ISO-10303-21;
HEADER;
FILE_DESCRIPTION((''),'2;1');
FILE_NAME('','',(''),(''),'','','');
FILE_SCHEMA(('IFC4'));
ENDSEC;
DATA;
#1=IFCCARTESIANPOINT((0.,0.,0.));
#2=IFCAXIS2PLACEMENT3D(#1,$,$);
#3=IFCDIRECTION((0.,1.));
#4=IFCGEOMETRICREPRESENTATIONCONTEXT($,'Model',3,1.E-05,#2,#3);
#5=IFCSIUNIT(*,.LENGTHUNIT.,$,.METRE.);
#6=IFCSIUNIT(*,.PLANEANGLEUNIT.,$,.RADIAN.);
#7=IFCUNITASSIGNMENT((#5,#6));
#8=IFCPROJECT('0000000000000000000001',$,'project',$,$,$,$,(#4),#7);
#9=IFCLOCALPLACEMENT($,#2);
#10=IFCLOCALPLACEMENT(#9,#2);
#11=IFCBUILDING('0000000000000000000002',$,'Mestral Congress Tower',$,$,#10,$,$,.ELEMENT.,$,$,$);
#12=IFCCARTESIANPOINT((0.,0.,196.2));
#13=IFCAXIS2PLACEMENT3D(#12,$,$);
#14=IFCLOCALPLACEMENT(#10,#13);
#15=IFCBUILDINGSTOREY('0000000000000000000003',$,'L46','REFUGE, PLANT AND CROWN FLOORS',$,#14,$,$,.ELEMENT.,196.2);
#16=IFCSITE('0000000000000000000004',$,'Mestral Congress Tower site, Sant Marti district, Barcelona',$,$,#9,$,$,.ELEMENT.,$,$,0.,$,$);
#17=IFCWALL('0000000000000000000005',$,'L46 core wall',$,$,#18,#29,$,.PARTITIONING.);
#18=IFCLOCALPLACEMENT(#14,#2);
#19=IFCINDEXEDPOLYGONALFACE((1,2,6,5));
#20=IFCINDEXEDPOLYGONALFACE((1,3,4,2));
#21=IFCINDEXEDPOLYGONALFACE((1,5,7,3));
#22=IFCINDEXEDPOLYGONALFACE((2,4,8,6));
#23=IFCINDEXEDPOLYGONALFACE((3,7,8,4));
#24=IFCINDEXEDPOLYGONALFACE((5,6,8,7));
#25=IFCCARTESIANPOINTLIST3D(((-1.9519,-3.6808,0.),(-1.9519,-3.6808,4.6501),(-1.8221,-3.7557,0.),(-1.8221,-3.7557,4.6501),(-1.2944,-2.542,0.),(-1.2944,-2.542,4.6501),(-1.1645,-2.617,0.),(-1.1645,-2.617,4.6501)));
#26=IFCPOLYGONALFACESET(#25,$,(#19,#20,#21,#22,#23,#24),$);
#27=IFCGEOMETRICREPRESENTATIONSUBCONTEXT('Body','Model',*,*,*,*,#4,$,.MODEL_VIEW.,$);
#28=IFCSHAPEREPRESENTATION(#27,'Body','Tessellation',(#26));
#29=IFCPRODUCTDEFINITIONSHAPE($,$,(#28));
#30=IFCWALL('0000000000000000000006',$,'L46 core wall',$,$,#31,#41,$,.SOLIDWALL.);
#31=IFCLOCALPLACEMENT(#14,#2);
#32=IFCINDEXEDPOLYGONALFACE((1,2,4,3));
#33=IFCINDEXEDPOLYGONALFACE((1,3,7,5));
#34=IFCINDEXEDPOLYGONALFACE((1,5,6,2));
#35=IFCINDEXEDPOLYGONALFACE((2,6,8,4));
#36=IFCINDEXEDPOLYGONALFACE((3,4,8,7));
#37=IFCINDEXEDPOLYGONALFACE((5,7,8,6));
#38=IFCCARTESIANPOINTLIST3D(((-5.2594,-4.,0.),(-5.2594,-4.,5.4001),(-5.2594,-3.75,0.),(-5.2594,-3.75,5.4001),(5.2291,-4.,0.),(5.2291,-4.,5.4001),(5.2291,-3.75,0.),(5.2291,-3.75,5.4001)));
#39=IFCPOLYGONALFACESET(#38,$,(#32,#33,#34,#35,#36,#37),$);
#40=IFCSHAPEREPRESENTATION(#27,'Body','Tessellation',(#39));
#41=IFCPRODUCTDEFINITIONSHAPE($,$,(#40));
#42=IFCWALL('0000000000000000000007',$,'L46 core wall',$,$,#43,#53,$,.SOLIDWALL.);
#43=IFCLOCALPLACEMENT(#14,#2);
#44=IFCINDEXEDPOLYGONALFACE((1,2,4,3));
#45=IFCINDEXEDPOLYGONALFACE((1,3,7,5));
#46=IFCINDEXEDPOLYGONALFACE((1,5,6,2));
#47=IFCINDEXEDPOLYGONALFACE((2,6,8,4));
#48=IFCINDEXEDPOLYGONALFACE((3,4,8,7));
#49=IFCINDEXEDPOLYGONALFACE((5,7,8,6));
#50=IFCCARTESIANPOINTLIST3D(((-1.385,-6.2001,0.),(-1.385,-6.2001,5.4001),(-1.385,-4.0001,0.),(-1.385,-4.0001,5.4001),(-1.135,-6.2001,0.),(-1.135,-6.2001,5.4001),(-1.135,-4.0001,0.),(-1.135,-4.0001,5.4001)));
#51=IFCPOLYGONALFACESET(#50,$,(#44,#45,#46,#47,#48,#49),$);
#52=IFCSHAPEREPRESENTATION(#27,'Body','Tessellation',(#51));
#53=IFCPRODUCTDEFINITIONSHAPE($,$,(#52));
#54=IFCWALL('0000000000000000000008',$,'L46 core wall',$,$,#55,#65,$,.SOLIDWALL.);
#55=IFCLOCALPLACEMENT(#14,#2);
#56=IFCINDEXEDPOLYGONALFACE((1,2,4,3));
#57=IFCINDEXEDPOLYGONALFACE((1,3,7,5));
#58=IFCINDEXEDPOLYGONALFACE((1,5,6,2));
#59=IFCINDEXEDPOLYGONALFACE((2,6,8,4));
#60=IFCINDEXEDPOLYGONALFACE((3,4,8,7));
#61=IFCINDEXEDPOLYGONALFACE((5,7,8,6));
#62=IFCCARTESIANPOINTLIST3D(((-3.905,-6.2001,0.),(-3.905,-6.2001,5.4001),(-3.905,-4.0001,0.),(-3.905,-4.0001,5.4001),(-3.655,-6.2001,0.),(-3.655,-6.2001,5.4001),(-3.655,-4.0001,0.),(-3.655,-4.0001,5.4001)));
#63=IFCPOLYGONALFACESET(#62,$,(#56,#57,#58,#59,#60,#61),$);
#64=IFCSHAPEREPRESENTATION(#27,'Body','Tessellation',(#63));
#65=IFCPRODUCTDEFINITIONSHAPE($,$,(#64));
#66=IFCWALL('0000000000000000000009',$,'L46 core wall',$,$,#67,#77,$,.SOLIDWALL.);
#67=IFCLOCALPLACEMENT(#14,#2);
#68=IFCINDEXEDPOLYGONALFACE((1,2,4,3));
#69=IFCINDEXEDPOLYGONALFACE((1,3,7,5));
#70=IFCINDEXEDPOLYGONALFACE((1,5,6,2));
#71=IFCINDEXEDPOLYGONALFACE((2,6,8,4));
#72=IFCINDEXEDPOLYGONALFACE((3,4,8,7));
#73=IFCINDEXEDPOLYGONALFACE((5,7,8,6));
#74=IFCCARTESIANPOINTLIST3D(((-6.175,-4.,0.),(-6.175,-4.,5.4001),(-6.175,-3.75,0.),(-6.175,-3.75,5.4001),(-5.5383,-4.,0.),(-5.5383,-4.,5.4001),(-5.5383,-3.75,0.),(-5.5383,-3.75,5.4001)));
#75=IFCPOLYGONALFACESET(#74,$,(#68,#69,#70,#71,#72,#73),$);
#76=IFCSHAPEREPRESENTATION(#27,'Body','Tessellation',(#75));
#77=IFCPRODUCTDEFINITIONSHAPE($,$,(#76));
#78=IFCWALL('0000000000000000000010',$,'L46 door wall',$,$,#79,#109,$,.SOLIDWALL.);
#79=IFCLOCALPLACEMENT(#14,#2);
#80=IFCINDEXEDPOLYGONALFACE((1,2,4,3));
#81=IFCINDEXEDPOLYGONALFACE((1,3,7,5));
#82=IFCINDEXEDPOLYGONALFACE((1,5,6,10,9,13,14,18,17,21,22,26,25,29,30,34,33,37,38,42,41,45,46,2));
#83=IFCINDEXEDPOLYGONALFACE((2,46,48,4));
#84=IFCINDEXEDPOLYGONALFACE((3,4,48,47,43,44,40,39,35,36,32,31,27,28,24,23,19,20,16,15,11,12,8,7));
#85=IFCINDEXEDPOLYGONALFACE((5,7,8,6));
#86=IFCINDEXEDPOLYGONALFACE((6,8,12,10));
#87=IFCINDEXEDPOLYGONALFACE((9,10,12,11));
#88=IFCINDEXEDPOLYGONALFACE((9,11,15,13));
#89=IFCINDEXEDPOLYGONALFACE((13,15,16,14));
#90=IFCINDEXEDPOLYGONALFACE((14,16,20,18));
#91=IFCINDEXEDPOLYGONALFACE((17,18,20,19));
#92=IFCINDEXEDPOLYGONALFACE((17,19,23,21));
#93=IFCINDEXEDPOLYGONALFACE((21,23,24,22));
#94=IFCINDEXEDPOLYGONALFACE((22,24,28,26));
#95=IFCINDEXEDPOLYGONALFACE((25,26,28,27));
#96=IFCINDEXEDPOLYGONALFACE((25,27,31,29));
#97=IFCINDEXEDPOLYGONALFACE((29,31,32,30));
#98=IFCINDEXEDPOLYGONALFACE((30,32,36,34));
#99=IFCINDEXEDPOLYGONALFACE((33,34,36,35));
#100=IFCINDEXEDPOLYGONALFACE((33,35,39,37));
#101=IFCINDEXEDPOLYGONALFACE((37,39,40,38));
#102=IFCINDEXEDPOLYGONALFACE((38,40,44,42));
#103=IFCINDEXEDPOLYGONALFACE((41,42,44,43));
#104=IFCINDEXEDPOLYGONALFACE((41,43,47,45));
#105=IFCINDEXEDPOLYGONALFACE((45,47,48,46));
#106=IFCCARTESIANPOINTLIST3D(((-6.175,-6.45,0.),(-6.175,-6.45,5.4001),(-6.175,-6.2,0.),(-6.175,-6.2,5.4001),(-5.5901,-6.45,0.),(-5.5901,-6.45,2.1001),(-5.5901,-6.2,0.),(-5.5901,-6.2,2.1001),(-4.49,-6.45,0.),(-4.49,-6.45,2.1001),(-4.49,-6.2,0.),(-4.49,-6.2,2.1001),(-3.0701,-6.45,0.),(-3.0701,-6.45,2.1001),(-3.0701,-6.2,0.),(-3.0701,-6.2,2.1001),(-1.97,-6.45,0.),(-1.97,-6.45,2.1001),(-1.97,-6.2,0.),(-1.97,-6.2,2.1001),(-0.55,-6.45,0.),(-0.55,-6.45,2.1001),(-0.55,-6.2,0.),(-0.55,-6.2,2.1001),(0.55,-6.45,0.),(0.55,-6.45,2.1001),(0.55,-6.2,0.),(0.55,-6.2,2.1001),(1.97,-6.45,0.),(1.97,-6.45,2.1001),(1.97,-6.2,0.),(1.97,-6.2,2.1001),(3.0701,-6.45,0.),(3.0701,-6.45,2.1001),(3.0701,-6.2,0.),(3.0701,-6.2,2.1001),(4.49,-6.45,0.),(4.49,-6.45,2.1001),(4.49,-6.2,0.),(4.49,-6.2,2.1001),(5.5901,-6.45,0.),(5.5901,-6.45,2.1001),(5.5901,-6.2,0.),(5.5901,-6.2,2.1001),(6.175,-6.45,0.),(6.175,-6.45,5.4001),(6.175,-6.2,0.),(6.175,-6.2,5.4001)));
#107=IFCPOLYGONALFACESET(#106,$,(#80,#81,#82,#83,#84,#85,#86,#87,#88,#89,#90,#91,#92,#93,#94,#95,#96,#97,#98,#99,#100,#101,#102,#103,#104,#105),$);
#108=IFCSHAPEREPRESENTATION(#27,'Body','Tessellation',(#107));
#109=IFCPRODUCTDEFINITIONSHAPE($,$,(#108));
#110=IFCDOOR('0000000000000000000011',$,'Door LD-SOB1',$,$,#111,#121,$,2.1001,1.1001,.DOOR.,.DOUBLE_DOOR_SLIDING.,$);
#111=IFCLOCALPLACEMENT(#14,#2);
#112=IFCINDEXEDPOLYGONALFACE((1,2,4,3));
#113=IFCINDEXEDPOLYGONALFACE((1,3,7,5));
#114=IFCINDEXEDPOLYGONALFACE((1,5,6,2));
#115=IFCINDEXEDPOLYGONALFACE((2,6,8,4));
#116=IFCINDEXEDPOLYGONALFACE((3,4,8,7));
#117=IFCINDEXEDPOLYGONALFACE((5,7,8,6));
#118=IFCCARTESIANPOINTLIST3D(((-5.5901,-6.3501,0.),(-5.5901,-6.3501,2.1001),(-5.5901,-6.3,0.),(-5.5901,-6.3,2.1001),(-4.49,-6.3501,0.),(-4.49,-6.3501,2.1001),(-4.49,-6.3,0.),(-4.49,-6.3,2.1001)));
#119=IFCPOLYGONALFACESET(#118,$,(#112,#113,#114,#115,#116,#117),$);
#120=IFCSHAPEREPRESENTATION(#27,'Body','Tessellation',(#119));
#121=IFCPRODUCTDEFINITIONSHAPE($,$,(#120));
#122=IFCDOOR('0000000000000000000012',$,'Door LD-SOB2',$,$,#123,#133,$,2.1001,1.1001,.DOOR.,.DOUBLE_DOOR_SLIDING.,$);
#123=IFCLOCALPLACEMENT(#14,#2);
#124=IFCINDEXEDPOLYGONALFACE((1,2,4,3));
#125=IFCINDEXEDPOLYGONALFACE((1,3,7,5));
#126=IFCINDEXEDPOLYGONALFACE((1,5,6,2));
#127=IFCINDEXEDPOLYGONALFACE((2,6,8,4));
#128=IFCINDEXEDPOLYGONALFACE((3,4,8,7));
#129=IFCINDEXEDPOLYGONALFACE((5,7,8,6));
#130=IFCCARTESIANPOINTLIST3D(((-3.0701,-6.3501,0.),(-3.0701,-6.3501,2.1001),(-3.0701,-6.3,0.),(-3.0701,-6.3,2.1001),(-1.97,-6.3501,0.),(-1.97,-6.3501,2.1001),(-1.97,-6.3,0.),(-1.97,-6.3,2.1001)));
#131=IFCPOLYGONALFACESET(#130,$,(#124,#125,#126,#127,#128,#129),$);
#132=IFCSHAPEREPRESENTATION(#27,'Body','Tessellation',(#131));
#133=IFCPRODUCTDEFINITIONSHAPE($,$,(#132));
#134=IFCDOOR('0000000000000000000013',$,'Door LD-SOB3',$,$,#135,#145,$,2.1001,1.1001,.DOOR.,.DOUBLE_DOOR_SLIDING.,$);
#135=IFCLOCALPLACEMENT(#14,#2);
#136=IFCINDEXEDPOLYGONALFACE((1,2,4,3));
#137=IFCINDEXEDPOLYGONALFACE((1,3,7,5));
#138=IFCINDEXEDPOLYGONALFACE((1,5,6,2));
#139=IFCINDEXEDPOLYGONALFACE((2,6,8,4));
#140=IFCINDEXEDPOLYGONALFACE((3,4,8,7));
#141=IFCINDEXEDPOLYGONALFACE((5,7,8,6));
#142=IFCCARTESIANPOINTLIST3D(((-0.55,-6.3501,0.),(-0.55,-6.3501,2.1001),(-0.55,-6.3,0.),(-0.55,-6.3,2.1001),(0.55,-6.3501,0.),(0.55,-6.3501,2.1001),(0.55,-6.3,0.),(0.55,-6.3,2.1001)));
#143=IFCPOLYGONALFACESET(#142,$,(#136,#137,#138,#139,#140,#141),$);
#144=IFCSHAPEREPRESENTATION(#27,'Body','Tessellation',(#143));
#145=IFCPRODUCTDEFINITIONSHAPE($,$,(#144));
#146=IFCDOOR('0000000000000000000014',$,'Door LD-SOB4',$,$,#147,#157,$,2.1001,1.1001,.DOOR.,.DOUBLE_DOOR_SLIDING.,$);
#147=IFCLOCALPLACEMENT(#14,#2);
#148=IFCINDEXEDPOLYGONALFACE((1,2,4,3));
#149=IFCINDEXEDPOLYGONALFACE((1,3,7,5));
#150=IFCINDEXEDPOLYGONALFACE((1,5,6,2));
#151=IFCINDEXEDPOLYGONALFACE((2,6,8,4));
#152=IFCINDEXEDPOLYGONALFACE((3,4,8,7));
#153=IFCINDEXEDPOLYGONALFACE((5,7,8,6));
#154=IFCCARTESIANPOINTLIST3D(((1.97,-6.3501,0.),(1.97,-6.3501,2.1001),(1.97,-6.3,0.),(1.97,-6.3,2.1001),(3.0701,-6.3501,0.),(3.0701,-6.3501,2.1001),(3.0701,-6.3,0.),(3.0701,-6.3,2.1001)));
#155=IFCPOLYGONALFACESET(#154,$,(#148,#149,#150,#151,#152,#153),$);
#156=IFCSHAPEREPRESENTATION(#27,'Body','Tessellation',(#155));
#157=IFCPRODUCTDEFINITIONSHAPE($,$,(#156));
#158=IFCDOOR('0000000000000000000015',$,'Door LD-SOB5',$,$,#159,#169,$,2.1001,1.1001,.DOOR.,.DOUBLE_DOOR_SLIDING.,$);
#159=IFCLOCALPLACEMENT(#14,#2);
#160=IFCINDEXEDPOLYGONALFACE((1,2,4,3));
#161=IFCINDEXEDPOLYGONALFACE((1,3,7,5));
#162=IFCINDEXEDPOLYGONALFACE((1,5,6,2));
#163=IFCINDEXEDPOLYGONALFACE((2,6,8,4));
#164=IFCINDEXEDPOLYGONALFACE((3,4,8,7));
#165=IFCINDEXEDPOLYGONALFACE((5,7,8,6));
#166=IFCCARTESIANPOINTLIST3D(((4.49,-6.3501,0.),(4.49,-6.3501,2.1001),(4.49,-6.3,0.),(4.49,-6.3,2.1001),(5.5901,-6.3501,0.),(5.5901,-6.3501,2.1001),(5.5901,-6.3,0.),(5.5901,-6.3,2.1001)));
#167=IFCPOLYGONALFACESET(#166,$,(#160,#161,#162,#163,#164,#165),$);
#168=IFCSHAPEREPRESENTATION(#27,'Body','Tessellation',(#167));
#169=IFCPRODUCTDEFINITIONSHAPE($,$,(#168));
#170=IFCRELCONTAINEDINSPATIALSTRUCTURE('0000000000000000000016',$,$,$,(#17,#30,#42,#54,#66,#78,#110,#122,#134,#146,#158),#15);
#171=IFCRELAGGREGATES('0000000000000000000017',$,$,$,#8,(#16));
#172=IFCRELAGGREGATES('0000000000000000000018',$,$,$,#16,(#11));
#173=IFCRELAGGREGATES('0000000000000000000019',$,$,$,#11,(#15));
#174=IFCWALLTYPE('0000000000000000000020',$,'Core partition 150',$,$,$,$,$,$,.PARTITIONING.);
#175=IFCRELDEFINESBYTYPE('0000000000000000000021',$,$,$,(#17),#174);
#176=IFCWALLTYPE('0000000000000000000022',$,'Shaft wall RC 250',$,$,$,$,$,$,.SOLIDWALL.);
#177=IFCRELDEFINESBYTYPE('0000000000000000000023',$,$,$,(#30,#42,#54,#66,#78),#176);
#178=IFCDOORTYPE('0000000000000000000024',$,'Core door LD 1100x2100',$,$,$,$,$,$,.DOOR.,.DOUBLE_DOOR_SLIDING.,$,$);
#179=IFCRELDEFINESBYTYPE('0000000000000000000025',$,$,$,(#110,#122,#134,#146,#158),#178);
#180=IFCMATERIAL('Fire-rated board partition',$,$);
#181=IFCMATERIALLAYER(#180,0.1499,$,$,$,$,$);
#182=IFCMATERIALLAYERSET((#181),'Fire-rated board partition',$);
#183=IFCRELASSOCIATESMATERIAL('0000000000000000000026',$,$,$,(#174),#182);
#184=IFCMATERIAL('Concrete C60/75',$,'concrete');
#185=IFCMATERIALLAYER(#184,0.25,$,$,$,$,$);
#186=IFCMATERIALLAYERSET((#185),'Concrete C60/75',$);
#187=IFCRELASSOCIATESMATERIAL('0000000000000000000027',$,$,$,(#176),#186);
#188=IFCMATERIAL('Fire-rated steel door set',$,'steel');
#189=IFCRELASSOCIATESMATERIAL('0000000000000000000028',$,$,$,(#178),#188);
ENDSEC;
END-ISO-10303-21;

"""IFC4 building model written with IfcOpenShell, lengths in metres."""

from ifc_helpers import new_model, si_unit, direction, frame, frame_2d, origin, place, context, subcontext, project, spatial, rectangle, extrude, material, layer, layer_set, type_object, element, fill, save


model = new_model("IFC4")

# Units and contexts
model_context = context("Model", 3, precision=1e-05, world=origin(), true_north=direction((0.0, 1.0)))
body_context = subcontext(model_context, "Body", "Model", "MODEL_VIEW")
ifc_project = project(units=[si_unit("LENGTHUNIT", "METRE"), si_unit("PLANEANGLEUNIT", "RADIAN")], contexts=[model_context])

# Site, building, storey
site_placement = place(None, origin())
site = spatial("IfcSite", under=ifc_project, at=site_placement, Name="Mestral Congress Tower site, Sant Marti district, Barcelona", CompositionType="ELEMENT", RefElevation=0.0)
building_placement = place(site_placement, origin())
building = spatial("IfcBuilding", under=site, at=building_placement, Name="Mestral Congress Tower", CompositionType="ELEMENT")
storey_placement = place(building_placement, frame((0.0, 0.0, 196.2)))
storey = spatial("IfcBuildingStorey", under=building, at=storey_placement, Name="L46", Description="REFUGE, PLANT AND CROWN FLOORS", CompositionType="ELEMENT", Elevation=196.2)

# Walls
ifc_material_1 = material(Name="Fire-rated board partition")
ifc_layer_1 = layer(ifc_material_1, 0.1499)
ifc_layer_set_1 = layer_set([ifc_layer_1], Name="Fire-rated board partition")
wall_type_1 = type_object("IfcWallType", Name="Core partition 150", PredefinedType="PARTITIONING", material=ifc_layer_set_1)
wall_1_placement = place(storey_placement, frame((-1.887, -3.7183, 0.0), z_axis=(0.0, 0.0, 1.0), x_axis=(0.500033, 0.866006, 0.0)))
element("IfcWall", 1, at=wall_1_placement, inside=storey, type_object=wall_type_1, Name="L46 core wall", PredefinedType="PARTITIONING", context=body_context, shape_type="SweptSolid", body=[
    extrude(rectangle(XDim=1.3149, YDim=0.1499, at=frame_2d((0.6575, 0.0))), origin(), (0.0, 0.0, 1.0), 4.6501),
])
ifc_material_2 = material(Name="Concrete C60/75", Category="concrete")
ifc_layer_2 = layer(ifc_material_2, 0.25)
ifc_layer_set_2 = layer_set([ifc_layer_2], Name="Concrete C60/75")
wall_type_2 = type_object("IfcWallType", Name="Shaft wall RC 250", PredefinedType="SOLIDWALL", material=ifc_layer_set_2)
wall_2_placement = place(storey_placement, frame((-5.2593, -3.875, 0.0), z_axis=(0.0, 0.0, 1.0), x_axis=(1.0, 0.0, 0.0)))
element("IfcWall", 2, at=wall_2_placement, inside=storey, type_object=wall_type_2, Name="L46 core wall", PredefinedType="SOLIDWALL", context=body_context, shape_type="SweptSolid", body=[
    extrude(rectangle(XDim=10.4885, YDim=0.25, at=frame_2d((5.2441, 0.0))), origin(), (0.0, 0.0, 1.0), 5.4001),
])
for number, where, z_axis, x_axis, name in (
    (3, (-1.26, -4.0, 0.0), (0.0, 0.0, 1.0), (0.0, -1.0, 0.0), "L46 core wall"),
    (4, (-3.78, -4.0, 0.0), (0.0, 0.0, 1.0), (0.0, -1.0, 0.0), "L46 core wall"),
):
    element("IfcWall", number, at=place(storey_placement, frame(where, z_axis=z_axis, x_axis=x_axis)), inside=storey, type_object=wall_type_2, Name=name, PredefinedType="SOLIDWALL", context=body_context, shape_type="SweptSolid", body=[
        extrude(rectangle(XDim=2.2, YDim=0.25, at=frame_2d((1.1001, 0.0))), origin(), (0.0, 0.0, 1.0), 5.4001),
    ])
wall_3_placement = place(storey_placement, frame((-6.175, -3.875, 0.0), z_axis=(0.0, 0.0, 1.0), x_axis=(1.0, 0.0, 0.0)))
element("IfcWall", 5, at=wall_3_placement, inside=storey, type_object=wall_type_2, Name="L46 core wall", PredefinedType="SOLIDWALL", context=body_context, shape_type="SweptSolid", body=[
    extrude(rectangle(XDim=0.6367, YDim=0.25, at=frame_2d((0.3184, 0.0))), origin(), (0.0, 0.0, 1.0), 5.4001),
])

# Wall, openings, doors
wall_4_placement = place(storey_placement, frame((-6.175, -6.325, 0.0), z_axis=(0.0, 0.0, 1.0), x_axis=(1.0, 0.0, 0.0)))
wall_4 = element("IfcWall", 6, at=wall_4_placement, inside=storey, type_object=wall_type_2, Name="L46 door wall", PredefinedType="SOLIDWALL", context=body_context, shape_type="SweptSolid", body=[
    extrude(rectangle(XDim=12.3501, YDim=0.25, at=frame_2d((6.175, 0.0))), origin(), (0.0, 0.0, 1.0), 5.4001),
])
opening_1_placement = place(wall_4_placement, frame((0.585, 0.0, 0.0)))
opening_1 = element("IfcOpeningElement", 7, at=opening_1_placement, cuts=wall_4, PredefinedType="OPENING", context=body_context, shape_type="SweptSolid", body=[
    extrude(rectangle(XDim=1.1001, YDim=2.1001, at=frame_2d((0.55, 1.05))), frame((0.0, 0.135, 0.0), z_axis=(0.0, -1.0, 0.0), x_axis=(1.0, 0.0, 0.0)), (0.0, 0.0, 1.0), 0.27),
])
opening_2_placement = place(wall_4_placement, frame((3.105, 0.0, 0.0)))
opening_2 = element("IfcOpeningElement", 8, at=opening_2_placement, cuts=wall_4, PredefinedType="OPENING", context=body_context, shape_type="SweptSolid", body=[
    extrude(rectangle(XDim=1.1001, YDim=2.1001, at=frame_2d((0.55, 1.05))), frame((0.0, 0.135, 0.0), z_axis=(0.0, -1.0, 0.0), x_axis=(1.0, 0.0, 0.0)), (0.0, 0.0, 1.0), 0.27),
])
opening_3_placement = place(wall_4_placement, frame((5.625, 0.0, 0.0)))
opening_3 = element("IfcOpeningElement", 9, at=opening_3_placement, cuts=wall_4, PredefinedType="OPENING", context=body_context, shape_type="SweptSolid", body=[
    extrude(rectangle(XDim=1.1001, YDim=2.1001, at=frame_2d((0.55, 1.05))), frame((0.0, 0.135, 0.0), z_axis=(0.0, -1.0, 0.0), x_axis=(1.0, 0.0, 0.0)), (0.0, 0.0, 1.0), 0.27),
])
opening_4_placement = place(wall_4_placement, frame((8.145, 0.0, 0.0)))
opening_4 = element("IfcOpeningElement", 10, at=opening_4_placement, cuts=wall_4, PredefinedType="OPENING", context=body_context, shape_type="SweptSolid", body=[
    extrude(rectangle(XDim=1.1001, YDim=2.1001, at=frame_2d((0.55, 1.05))), frame((0.0, 0.135, 0.0), z_axis=(0.0, -1.0, 0.0), x_axis=(1.0, 0.0, 0.0)), (0.0, 0.0, 1.0), 0.27),
])
opening_5_placement = place(wall_4_placement, frame((10.665, 0.0, 0.0)))
opening_5 = element("IfcOpeningElement", 11, at=opening_5_placement, cuts=wall_4, PredefinedType="OPENING", context=body_context, shape_type="SweptSolid", body=[
    extrude(rectangle(XDim=1.1001, YDim=2.1001, at=frame_2d((0.55, 1.05))), frame((0.0, 0.135, 0.0), z_axis=(0.0, -1.0, 0.0), x_axis=(1.0, 0.0, 0.0)), (0.0, 0.0, 1.0), 0.27),
])
ifc_material_3 = material(Name="Fire-rated steel door set", Category="steel")
door_type_1 = type_object("IfcDoorType", Name="Core door LD 1100x2100", OperationType="DOUBLE_DOOR_SLIDING", PredefinedType="DOOR", material=ifc_material_3)
door_1_placement = place(opening_1_placement, origin())
door_1 = element("IfcDoor", 12, at=door_1_placement, inside=storey, type_object=door_type_1, Name="Door LD-SOB1", OperationType="DOUBLE_DOOR_SLIDING", OverallHeight=2.1001, OverallWidth=1.1001, PredefinedType="DOOR", context=body_context, shape_type="SweptSolid", body=[
    extrude(rectangle(XDim=1.1001, YDim=2.1001, at=frame_2d((0.55, 1.05))), frame((0.0, 0.0249, 0.0), z_axis=(0.0, -1.0, 0.0), x_axis=(1.0, 0.0, 0.0)), (0.0, 0.0, 1.0), 0.05),
])
fill(opening_1, door_1)
door_2_placement = place(opening_2_placement, origin())
door_2 = element("IfcDoor", 13, at=door_2_placement, inside=storey, type_object=door_type_1, Name="Door LD-SOB2", OperationType="DOUBLE_DOOR_SLIDING", OverallHeight=2.1001, OverallWidth=1.1001, PredefinedType="DOOR", context=body_context, shape_type="SweptSolid", body=[
    extrude(rectangle(XDim=1.1001, YDim=2.1001, at=frame_2d((0.55, 1.05))), frame((0.0, 0.0249, 0.0), z_axis=(0.0, -1.0, 0.0), x_axis=(1.0, 0.0, 0.0)), (0.0, 0.0, 1.0), 0.05),
])
fill(opening_2, door_2)
door_3_placement = place(opening_3_placement, origin())
door_3 = element("IfcDoor", 14, at=door_3_placement, inside=storey, type_object=door_type_1, Name="Door LD-SOB3", OperationType="DOUBLE_DOOR_SLIDING", OverallHeight=2.1001, OverallWidth=1.1001, PredefinedType="DOOR", context=body_context, shape_type="SweptSolid", body=[
    extrude(rectangle(XDim=1.1001, YDim=2.1001, at=frame_2d((0.55, 1.05))), frame((0.0, 0.0249, 0.0), z_axis=(0.0, -1.0, 0.0), x_axis=(1.0, 0.0, 0.0)), (0.0, 0.0, 1.0), 0.05),
])
fill(opening_3, door_3)
door_4_placement = place(opening_4_placement, origin())
door_4 = element("IfcDoor", 15, at=door_4_placement, inside=storey, type_object=door_type_1, Name="Door LD-SOB4", OperationType="DOUBLE_DOOR_SLIDING", OverallHeight=2.1001, OverallWidth=1.1001, PredefinedType="DOOR", context=body_context, shape_type="SweptSolid", body=[
    extrude(rectangle(XDim=1.1001, YDim=2.1001, at=frame_2d((0.55, 1.05))), frame((0.0, 0.0249, 0.0), z_axis=(0.0, -1.0, 0.0), x_axis=(1.0, 0.0, 0.0)), (0.0, 0.0, 1.0), 0.05),
])
fill(opening_4, door_4)
door_5_placement = place(opening_5_placement, origin())
door_5 = element("IfcDoor", 16, at=door_5_placement, inside=storey, type_object=door_type_1, Name="Door LD-SOB5", OperationType="DOUBLE_DOOR_SLIDING", OverallHeight=2.1001, OverallWidth=1.1001, PredefinedType="DOOR", context=body_context, shape_type="SweptSolid", body=[
    extrude(rectangle(XDim=1.1001, YDim=2.1001, at=frame_2d((0.55, 1.05))), frame((0.0, 0.0249, 0.0), z_axis=(0.0, -1.0, 0.0), x_axis=(1.0, 0.0, 0.0)), (0.0, 0.0, 1.0), 0.05),
])
fill(opening_5, door_5)

save(model, "model.ifc")
